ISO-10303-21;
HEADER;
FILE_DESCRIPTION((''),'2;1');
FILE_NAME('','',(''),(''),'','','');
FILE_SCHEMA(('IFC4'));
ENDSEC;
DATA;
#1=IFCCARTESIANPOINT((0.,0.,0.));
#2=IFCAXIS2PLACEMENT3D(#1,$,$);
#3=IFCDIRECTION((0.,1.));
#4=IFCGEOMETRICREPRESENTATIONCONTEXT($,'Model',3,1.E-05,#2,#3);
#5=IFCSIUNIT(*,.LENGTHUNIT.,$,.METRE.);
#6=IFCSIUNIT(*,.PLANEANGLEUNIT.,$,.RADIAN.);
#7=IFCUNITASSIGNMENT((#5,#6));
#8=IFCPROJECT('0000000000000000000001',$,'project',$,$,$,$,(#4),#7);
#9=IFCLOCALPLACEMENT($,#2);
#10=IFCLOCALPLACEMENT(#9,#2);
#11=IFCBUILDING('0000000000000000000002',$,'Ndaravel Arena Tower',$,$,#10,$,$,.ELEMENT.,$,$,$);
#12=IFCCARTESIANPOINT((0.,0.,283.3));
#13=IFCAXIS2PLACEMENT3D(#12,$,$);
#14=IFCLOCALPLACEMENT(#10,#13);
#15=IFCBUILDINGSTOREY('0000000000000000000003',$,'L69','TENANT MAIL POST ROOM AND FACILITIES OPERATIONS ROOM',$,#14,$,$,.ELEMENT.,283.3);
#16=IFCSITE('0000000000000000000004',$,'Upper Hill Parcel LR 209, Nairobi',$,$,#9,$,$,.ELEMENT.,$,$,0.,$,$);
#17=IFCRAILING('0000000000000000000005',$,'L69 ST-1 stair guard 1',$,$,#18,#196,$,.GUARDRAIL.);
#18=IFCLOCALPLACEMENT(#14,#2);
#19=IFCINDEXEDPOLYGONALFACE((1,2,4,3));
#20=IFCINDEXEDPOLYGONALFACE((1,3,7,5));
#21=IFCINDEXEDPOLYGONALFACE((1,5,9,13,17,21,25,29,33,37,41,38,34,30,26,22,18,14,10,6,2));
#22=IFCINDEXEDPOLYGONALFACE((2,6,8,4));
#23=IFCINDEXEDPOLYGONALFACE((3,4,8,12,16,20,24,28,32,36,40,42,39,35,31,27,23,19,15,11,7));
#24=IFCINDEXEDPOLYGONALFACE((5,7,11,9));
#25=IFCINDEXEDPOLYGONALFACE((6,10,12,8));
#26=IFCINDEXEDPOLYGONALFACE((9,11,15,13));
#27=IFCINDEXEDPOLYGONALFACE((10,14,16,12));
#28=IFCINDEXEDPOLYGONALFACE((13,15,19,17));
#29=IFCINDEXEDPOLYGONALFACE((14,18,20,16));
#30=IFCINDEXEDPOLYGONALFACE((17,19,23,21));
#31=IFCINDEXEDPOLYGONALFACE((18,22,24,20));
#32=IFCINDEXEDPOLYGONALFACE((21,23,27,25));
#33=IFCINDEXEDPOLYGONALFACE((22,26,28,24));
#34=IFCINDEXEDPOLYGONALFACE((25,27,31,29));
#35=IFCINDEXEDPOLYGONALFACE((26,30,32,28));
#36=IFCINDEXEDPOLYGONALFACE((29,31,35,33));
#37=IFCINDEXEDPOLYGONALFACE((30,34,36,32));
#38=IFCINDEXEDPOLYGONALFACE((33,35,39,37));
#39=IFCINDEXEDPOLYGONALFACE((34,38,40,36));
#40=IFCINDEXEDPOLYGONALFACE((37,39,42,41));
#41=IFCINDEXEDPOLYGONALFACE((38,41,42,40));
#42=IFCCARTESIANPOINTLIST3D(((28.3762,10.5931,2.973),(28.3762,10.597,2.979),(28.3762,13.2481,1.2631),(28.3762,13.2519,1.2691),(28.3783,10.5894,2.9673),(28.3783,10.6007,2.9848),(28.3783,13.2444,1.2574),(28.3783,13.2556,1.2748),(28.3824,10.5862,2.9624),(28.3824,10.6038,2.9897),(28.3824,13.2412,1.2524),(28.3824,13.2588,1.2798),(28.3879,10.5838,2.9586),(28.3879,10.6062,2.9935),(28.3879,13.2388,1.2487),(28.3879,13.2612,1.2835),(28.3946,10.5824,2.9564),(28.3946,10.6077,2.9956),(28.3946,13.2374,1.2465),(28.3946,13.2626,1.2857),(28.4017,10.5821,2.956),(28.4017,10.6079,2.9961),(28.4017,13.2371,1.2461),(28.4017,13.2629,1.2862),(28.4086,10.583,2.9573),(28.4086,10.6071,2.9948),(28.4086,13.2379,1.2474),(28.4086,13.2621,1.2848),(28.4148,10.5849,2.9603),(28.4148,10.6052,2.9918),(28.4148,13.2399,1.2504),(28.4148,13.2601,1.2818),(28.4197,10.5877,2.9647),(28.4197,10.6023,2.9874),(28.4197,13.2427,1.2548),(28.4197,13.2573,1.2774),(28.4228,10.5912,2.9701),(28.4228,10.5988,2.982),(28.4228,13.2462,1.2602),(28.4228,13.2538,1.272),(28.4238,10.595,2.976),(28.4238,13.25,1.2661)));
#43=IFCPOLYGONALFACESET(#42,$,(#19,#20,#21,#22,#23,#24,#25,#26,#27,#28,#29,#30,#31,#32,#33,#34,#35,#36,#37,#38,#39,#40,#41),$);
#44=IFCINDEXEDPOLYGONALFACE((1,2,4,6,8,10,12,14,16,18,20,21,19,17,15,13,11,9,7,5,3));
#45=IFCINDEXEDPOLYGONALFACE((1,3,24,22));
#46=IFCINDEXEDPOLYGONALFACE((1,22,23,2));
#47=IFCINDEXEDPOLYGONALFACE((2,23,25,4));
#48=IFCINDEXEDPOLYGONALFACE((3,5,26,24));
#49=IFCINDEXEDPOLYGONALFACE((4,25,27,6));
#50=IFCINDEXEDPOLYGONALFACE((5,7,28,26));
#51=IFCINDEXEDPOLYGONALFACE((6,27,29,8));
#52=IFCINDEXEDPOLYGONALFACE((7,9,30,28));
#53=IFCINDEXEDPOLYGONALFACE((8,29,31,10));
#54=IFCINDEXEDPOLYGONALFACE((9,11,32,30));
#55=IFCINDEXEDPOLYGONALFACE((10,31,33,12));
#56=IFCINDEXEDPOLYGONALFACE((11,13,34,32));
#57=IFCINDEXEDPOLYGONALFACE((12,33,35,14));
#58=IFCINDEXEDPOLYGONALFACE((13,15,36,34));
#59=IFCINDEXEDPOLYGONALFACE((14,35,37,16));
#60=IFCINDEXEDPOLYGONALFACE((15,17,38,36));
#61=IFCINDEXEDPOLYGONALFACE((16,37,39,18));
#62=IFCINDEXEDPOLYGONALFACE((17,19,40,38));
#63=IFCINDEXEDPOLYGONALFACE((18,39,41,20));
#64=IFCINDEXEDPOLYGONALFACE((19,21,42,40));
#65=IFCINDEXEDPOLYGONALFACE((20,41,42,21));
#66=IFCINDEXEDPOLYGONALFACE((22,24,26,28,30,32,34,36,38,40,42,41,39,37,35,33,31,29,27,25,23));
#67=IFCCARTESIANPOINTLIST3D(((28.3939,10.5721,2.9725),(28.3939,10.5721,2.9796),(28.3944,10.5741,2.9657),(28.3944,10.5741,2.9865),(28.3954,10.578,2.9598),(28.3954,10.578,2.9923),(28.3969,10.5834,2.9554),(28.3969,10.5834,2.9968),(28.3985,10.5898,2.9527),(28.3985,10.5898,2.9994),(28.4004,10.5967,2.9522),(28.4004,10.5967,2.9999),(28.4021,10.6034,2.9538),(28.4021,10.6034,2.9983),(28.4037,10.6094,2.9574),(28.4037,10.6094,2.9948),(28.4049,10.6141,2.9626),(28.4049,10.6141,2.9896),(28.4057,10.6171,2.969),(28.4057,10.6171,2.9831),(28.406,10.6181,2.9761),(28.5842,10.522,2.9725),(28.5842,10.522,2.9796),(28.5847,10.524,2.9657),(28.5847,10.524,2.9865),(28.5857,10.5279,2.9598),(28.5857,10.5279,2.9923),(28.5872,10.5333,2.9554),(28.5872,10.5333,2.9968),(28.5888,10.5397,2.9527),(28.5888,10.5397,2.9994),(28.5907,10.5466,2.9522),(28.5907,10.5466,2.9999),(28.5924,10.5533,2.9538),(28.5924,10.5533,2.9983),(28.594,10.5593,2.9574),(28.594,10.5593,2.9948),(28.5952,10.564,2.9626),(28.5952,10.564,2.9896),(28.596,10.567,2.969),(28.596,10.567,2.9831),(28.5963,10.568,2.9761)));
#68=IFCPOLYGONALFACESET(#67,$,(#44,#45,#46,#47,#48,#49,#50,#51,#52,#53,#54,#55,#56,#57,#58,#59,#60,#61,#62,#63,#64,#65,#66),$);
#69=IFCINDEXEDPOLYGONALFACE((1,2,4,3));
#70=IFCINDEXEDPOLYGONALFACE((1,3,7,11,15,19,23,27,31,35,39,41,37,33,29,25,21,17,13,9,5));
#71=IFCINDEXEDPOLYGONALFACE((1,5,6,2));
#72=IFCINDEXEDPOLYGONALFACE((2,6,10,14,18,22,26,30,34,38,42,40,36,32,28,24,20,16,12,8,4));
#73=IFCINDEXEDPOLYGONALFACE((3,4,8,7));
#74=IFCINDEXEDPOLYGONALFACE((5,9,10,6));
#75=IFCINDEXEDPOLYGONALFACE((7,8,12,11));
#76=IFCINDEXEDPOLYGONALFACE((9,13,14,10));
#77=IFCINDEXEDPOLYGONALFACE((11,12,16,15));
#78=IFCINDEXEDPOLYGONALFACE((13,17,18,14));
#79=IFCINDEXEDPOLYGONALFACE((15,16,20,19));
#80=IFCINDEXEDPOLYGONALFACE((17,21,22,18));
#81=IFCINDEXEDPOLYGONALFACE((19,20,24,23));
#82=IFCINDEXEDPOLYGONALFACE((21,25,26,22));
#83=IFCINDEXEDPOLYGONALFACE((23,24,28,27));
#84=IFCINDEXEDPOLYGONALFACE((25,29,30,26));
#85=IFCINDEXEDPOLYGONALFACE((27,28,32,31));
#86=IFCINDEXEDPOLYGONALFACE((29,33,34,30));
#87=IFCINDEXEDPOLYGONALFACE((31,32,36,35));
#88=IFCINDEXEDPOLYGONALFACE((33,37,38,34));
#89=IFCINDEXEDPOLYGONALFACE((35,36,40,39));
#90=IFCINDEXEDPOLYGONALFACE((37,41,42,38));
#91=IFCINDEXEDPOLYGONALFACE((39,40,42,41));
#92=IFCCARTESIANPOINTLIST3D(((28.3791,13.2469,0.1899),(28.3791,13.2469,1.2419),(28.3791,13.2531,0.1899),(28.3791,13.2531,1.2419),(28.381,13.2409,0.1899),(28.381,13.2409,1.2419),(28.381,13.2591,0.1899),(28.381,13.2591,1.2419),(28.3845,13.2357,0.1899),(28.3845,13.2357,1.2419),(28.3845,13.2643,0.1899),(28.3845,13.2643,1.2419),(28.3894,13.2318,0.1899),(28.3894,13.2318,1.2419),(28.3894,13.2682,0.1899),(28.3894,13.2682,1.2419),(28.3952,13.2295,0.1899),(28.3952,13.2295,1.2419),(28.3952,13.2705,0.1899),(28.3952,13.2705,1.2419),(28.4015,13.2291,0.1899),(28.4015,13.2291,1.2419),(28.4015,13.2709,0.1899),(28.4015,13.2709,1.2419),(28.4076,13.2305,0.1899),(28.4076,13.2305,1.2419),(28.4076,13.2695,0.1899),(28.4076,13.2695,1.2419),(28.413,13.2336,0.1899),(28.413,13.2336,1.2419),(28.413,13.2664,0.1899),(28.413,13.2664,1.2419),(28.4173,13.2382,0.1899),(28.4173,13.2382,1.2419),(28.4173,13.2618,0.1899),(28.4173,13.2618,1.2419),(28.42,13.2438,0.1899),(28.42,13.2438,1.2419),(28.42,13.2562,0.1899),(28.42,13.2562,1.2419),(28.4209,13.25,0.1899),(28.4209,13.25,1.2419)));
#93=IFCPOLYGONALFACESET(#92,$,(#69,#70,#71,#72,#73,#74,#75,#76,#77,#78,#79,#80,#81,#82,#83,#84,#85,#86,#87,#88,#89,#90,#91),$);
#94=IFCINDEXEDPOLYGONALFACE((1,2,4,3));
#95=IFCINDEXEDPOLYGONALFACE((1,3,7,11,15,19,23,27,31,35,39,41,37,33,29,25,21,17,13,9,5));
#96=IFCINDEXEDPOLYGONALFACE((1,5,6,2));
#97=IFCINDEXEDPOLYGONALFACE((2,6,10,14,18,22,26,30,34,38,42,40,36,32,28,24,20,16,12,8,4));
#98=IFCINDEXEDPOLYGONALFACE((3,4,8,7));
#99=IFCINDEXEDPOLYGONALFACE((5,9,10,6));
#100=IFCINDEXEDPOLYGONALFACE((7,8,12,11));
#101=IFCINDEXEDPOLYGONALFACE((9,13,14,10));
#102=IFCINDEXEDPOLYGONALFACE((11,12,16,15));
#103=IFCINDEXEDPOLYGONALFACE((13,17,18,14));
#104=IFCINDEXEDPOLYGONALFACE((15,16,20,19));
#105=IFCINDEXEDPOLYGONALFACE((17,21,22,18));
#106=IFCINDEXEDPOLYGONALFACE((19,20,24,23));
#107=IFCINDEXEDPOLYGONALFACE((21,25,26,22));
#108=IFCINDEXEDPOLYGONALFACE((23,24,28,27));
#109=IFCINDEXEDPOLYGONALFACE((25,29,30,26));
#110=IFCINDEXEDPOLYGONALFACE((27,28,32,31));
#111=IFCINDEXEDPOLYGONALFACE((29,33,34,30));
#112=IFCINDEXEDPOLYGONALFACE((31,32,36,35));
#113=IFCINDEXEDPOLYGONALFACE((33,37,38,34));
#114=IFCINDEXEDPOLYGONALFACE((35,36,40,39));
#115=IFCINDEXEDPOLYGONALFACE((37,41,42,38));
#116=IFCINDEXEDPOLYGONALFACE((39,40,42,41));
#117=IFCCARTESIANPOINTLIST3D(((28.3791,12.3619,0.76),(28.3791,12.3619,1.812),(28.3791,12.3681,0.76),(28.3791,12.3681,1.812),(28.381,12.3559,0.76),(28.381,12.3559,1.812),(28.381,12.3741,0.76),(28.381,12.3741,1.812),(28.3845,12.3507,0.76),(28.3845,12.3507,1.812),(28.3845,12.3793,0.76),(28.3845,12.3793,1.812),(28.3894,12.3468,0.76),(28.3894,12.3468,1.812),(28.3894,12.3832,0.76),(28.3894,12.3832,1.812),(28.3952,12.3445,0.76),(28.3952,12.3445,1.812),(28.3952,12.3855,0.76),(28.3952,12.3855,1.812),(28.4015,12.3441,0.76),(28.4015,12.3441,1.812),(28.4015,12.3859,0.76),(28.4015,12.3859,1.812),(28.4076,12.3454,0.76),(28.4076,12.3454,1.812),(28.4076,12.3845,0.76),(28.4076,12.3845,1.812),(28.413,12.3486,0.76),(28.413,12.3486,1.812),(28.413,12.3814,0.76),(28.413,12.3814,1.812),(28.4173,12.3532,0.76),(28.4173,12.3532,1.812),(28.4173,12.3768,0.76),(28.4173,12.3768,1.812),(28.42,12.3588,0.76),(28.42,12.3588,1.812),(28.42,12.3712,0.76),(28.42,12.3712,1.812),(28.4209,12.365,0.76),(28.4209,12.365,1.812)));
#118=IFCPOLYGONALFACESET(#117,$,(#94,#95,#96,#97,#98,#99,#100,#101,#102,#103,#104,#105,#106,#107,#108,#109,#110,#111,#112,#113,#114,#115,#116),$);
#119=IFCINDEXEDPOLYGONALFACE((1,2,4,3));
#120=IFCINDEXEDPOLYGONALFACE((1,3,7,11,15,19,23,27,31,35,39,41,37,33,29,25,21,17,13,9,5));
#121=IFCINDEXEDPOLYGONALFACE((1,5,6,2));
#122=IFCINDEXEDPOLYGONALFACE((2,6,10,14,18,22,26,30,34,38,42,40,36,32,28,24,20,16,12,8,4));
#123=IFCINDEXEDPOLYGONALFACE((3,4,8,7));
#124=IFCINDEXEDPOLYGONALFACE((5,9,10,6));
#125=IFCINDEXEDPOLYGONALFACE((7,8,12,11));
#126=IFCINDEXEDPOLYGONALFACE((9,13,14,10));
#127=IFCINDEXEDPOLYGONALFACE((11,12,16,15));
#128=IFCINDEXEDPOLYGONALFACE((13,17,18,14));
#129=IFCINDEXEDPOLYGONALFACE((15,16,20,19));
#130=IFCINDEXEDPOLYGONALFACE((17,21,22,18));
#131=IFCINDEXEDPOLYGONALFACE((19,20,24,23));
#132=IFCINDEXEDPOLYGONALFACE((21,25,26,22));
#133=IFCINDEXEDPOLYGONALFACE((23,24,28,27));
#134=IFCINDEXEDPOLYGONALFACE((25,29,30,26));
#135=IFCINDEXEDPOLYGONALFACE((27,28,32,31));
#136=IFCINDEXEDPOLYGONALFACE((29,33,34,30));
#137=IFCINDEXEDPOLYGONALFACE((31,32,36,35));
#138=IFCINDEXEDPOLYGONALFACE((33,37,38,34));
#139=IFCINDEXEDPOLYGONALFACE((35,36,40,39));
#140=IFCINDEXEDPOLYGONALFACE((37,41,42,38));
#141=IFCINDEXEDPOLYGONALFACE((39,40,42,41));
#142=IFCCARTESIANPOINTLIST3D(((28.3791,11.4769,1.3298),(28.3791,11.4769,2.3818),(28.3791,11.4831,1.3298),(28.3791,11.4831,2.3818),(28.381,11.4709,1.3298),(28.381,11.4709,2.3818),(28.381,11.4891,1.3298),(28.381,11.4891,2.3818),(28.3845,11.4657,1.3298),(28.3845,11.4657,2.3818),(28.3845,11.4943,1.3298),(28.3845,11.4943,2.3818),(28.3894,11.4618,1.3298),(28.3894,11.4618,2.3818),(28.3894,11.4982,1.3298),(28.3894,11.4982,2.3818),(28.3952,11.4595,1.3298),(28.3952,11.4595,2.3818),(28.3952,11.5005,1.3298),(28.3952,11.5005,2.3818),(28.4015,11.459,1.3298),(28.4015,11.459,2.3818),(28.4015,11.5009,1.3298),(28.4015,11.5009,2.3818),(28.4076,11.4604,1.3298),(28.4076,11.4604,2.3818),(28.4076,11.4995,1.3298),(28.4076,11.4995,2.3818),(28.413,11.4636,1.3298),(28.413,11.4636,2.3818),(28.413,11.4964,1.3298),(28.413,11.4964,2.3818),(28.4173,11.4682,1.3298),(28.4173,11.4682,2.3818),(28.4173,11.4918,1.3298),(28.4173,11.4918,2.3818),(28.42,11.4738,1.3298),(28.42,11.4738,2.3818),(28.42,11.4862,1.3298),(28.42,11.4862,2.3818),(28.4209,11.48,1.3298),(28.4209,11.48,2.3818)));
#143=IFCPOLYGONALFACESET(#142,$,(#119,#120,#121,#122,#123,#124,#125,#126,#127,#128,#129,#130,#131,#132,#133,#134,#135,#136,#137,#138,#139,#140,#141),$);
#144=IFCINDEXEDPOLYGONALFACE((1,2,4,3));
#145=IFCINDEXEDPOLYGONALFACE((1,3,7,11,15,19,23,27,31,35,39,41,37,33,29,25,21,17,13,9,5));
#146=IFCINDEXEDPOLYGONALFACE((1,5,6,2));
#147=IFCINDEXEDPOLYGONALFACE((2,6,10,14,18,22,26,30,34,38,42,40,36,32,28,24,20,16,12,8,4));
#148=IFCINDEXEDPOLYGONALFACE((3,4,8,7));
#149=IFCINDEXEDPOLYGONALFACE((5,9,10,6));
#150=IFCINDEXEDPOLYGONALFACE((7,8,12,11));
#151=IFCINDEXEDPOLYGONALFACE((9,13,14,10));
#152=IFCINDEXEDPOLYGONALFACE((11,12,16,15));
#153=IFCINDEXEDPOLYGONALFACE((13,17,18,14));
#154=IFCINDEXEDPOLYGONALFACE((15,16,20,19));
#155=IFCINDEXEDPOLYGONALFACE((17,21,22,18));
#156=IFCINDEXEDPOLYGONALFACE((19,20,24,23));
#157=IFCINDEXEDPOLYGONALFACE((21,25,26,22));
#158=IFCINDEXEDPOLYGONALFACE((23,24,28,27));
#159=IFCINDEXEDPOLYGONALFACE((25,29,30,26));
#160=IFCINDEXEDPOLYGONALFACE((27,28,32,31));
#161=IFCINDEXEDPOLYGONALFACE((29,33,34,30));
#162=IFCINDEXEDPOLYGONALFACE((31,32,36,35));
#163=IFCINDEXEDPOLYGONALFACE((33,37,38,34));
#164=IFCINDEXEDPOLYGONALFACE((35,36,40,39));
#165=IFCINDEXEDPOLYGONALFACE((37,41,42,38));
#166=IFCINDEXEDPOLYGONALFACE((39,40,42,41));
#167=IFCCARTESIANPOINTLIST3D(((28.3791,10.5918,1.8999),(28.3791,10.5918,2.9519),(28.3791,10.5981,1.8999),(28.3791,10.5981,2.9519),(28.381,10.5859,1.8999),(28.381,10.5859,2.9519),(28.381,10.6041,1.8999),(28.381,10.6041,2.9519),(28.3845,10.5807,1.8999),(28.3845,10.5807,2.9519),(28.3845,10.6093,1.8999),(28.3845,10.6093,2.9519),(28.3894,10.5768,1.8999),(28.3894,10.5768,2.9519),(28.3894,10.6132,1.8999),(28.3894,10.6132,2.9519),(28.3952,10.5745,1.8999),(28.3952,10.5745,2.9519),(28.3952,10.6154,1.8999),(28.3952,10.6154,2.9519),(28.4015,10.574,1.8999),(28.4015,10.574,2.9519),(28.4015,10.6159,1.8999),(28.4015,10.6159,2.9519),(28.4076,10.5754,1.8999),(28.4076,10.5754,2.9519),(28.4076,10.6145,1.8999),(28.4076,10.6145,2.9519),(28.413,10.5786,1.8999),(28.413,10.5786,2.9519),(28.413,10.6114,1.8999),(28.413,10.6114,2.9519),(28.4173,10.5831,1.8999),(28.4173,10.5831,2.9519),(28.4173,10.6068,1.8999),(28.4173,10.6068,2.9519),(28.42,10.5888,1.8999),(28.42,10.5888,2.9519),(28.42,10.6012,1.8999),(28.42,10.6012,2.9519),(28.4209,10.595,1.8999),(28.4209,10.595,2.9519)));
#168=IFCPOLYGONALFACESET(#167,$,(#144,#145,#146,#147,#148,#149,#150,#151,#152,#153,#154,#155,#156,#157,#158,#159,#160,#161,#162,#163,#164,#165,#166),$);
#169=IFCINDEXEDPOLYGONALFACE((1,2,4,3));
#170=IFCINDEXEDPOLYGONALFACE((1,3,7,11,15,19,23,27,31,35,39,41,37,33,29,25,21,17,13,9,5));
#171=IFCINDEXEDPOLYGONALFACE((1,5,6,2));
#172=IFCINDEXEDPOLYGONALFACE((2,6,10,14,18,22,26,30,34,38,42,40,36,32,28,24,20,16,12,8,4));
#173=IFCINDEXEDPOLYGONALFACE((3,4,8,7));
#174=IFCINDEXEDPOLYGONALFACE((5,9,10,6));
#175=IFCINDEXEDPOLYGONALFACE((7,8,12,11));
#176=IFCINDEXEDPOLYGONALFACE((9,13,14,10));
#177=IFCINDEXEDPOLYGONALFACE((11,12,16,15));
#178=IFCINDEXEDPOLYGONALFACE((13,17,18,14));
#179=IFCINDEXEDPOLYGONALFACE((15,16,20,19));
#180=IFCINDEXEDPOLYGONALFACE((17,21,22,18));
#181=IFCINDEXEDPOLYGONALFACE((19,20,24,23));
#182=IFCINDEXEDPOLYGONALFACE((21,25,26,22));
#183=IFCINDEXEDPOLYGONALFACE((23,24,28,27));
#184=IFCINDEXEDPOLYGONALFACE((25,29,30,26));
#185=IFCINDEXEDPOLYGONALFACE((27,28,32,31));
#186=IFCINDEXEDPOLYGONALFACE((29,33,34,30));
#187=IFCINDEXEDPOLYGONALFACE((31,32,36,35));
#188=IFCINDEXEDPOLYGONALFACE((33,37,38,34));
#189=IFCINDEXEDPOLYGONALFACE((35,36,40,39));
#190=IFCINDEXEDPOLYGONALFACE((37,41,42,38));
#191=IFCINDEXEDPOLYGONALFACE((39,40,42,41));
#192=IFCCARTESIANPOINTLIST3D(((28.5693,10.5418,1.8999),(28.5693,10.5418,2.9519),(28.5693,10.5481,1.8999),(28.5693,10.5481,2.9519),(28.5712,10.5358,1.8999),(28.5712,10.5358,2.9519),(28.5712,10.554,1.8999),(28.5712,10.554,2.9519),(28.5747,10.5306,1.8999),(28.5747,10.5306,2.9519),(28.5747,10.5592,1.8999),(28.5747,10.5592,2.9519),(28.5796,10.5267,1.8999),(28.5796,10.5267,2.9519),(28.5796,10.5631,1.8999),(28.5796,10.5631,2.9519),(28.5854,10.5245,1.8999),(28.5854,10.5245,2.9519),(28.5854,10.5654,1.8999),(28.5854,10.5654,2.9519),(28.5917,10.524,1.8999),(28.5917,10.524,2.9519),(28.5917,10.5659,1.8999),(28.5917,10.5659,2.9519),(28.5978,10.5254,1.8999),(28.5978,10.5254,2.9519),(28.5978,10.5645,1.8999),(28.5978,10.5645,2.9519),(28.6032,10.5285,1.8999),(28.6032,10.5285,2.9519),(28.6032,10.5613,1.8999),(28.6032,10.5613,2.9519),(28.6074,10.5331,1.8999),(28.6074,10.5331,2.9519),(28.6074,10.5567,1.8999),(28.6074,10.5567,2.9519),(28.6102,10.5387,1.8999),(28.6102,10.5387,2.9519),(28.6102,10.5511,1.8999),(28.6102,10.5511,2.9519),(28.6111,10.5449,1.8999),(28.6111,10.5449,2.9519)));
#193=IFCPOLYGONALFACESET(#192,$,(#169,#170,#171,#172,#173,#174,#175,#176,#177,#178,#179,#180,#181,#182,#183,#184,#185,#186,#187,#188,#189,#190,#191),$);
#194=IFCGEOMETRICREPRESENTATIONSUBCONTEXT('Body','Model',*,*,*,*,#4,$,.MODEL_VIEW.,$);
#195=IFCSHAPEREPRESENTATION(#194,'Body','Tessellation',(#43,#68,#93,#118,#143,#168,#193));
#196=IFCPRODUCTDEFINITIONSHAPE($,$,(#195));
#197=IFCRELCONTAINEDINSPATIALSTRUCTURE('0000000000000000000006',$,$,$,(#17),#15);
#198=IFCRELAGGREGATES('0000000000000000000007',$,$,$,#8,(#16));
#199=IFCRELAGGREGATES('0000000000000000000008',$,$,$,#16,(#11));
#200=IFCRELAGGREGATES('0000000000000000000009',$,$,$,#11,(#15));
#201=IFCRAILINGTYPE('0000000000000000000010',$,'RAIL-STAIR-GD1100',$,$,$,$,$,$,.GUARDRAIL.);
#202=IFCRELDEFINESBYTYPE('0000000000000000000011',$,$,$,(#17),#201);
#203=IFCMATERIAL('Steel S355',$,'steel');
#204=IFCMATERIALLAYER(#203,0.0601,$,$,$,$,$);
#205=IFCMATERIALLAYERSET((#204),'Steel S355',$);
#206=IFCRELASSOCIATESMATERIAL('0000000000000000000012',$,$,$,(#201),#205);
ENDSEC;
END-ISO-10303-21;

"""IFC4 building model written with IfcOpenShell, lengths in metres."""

from ifc_helpers import new_model, si_unit, direction, frame, origin, origin_2d, place, context, subcontext, project, spatial, circle, extrude, material, layer, layer_set, type_object, element, save


model = new_model("IFC4")

# Units and contexts
model_context = context("Model", 3, precision=1e-05, world=origin(), true_north=direction((0.0, 1.0)))
body_context = subcontext(model_context, "Body", "Model", "MODEL_VIEW")
ifc_project = project(units=[si_unit("LENGTHUNIT", "METRE"), si_unit("PLANEANGLEUNIT", "RADIAN")], contexts=[model_context])

# Site, building, storey
site_placement = place(None, origin())
site = spatial("IfcSite", under=ifc_project, at=site_placement, Name="Upper Hill Parcel LR 209, Nairobi", CompositionType="ELEMENT", RefElevation=0.0)
building_placement = place(site_placement, origin())
building = spatial("IfcBuilding", under=site, at=building_placement, Name="Ndaravel Arena Tower", CompositionType="ELEMENT")
storey_placement = place(building_placement, frame((0.0, 0.0, 283.3)))
storey = spatial("IfcBuildingStorey", under=building, at=storey_placement, Name="L69", Description="TENANT MAIL POST ROOM AND FACILITIES OPERATIONS ROOM", CompositionType="ELEMENT", Elevation=283.3)

# Railing
ifc_material_1 = material(Name="Steel S355", Category="steel")
ifc_layer_1 = layer(ifc_material_1, 0.0601)
ifc_layer_set_1 = layer_set([ifc_layer_1], Name="Steel S355")
railing_type_1 = type_object("IfcRailingType", Name="RAIL-STAIR-GD1100", PredefinedType="GUARDRAIL", material=ifc_layer_set_1)
railing_1_placement = place(storey_placement, frame((28.3999, 13.25, 0.1899)))
element("IfcRailing", 1, at=railing_1_placement, inside=storey, type_object=railing_type_1, Name="L69 ST-1 stair guard 1", PredefinedType="GUARDRAIL", context=body_context, shape_type="SweptSolid", body=[
    extrude(circle(Radius=0.0239, at=origin_2d()), frame((0.0, 0.0, 1.0762), z_axis=(0.0, -0.840724, 0.541465), x_axis=(1.0, 0.0, 0.0)), (0.0, 0.0, 1.0), 3.158),
    extrude(circle(Radius=0.0239, at=origin_2d()), frame((0.0, -2.655, 2.7861), z_axis=(0.967075, -0.254493, 0.0), x_axis=(0.254493, 0.967075, 0.0)), (0.0, 0.0, 1.0), 0.1968),
    extrude(circle(Radius=0.021, at=origin_2d()), origin(), (0.0, 0.0, 1.0), 1.052),
    extrude(circle(Radius=0.021, at=origin_2d()), frame((0.0, -0.885, 0.5701)), (0.0, 0.0, 1.0), 1.052),
    extrude(circle(Radius=0.021, at=origin_2d()), frame((0.0, -1.77, 1.1399)), (0.0, 0.0, 1.0), 1.052),
    extrude(circle(Radius=0.021, at=origin_2d()), frame((0.0, -2.655, 1.71)), (0.0, 0.0, 1.0), 1.052),
    extrude(circle(Radius=0.021, at=origin_2d()), frame((0.1902, -2.7051, 1.71)), (0.0, 0.0, 1.0), 1.052),
])

save(model, "model.ifc")
